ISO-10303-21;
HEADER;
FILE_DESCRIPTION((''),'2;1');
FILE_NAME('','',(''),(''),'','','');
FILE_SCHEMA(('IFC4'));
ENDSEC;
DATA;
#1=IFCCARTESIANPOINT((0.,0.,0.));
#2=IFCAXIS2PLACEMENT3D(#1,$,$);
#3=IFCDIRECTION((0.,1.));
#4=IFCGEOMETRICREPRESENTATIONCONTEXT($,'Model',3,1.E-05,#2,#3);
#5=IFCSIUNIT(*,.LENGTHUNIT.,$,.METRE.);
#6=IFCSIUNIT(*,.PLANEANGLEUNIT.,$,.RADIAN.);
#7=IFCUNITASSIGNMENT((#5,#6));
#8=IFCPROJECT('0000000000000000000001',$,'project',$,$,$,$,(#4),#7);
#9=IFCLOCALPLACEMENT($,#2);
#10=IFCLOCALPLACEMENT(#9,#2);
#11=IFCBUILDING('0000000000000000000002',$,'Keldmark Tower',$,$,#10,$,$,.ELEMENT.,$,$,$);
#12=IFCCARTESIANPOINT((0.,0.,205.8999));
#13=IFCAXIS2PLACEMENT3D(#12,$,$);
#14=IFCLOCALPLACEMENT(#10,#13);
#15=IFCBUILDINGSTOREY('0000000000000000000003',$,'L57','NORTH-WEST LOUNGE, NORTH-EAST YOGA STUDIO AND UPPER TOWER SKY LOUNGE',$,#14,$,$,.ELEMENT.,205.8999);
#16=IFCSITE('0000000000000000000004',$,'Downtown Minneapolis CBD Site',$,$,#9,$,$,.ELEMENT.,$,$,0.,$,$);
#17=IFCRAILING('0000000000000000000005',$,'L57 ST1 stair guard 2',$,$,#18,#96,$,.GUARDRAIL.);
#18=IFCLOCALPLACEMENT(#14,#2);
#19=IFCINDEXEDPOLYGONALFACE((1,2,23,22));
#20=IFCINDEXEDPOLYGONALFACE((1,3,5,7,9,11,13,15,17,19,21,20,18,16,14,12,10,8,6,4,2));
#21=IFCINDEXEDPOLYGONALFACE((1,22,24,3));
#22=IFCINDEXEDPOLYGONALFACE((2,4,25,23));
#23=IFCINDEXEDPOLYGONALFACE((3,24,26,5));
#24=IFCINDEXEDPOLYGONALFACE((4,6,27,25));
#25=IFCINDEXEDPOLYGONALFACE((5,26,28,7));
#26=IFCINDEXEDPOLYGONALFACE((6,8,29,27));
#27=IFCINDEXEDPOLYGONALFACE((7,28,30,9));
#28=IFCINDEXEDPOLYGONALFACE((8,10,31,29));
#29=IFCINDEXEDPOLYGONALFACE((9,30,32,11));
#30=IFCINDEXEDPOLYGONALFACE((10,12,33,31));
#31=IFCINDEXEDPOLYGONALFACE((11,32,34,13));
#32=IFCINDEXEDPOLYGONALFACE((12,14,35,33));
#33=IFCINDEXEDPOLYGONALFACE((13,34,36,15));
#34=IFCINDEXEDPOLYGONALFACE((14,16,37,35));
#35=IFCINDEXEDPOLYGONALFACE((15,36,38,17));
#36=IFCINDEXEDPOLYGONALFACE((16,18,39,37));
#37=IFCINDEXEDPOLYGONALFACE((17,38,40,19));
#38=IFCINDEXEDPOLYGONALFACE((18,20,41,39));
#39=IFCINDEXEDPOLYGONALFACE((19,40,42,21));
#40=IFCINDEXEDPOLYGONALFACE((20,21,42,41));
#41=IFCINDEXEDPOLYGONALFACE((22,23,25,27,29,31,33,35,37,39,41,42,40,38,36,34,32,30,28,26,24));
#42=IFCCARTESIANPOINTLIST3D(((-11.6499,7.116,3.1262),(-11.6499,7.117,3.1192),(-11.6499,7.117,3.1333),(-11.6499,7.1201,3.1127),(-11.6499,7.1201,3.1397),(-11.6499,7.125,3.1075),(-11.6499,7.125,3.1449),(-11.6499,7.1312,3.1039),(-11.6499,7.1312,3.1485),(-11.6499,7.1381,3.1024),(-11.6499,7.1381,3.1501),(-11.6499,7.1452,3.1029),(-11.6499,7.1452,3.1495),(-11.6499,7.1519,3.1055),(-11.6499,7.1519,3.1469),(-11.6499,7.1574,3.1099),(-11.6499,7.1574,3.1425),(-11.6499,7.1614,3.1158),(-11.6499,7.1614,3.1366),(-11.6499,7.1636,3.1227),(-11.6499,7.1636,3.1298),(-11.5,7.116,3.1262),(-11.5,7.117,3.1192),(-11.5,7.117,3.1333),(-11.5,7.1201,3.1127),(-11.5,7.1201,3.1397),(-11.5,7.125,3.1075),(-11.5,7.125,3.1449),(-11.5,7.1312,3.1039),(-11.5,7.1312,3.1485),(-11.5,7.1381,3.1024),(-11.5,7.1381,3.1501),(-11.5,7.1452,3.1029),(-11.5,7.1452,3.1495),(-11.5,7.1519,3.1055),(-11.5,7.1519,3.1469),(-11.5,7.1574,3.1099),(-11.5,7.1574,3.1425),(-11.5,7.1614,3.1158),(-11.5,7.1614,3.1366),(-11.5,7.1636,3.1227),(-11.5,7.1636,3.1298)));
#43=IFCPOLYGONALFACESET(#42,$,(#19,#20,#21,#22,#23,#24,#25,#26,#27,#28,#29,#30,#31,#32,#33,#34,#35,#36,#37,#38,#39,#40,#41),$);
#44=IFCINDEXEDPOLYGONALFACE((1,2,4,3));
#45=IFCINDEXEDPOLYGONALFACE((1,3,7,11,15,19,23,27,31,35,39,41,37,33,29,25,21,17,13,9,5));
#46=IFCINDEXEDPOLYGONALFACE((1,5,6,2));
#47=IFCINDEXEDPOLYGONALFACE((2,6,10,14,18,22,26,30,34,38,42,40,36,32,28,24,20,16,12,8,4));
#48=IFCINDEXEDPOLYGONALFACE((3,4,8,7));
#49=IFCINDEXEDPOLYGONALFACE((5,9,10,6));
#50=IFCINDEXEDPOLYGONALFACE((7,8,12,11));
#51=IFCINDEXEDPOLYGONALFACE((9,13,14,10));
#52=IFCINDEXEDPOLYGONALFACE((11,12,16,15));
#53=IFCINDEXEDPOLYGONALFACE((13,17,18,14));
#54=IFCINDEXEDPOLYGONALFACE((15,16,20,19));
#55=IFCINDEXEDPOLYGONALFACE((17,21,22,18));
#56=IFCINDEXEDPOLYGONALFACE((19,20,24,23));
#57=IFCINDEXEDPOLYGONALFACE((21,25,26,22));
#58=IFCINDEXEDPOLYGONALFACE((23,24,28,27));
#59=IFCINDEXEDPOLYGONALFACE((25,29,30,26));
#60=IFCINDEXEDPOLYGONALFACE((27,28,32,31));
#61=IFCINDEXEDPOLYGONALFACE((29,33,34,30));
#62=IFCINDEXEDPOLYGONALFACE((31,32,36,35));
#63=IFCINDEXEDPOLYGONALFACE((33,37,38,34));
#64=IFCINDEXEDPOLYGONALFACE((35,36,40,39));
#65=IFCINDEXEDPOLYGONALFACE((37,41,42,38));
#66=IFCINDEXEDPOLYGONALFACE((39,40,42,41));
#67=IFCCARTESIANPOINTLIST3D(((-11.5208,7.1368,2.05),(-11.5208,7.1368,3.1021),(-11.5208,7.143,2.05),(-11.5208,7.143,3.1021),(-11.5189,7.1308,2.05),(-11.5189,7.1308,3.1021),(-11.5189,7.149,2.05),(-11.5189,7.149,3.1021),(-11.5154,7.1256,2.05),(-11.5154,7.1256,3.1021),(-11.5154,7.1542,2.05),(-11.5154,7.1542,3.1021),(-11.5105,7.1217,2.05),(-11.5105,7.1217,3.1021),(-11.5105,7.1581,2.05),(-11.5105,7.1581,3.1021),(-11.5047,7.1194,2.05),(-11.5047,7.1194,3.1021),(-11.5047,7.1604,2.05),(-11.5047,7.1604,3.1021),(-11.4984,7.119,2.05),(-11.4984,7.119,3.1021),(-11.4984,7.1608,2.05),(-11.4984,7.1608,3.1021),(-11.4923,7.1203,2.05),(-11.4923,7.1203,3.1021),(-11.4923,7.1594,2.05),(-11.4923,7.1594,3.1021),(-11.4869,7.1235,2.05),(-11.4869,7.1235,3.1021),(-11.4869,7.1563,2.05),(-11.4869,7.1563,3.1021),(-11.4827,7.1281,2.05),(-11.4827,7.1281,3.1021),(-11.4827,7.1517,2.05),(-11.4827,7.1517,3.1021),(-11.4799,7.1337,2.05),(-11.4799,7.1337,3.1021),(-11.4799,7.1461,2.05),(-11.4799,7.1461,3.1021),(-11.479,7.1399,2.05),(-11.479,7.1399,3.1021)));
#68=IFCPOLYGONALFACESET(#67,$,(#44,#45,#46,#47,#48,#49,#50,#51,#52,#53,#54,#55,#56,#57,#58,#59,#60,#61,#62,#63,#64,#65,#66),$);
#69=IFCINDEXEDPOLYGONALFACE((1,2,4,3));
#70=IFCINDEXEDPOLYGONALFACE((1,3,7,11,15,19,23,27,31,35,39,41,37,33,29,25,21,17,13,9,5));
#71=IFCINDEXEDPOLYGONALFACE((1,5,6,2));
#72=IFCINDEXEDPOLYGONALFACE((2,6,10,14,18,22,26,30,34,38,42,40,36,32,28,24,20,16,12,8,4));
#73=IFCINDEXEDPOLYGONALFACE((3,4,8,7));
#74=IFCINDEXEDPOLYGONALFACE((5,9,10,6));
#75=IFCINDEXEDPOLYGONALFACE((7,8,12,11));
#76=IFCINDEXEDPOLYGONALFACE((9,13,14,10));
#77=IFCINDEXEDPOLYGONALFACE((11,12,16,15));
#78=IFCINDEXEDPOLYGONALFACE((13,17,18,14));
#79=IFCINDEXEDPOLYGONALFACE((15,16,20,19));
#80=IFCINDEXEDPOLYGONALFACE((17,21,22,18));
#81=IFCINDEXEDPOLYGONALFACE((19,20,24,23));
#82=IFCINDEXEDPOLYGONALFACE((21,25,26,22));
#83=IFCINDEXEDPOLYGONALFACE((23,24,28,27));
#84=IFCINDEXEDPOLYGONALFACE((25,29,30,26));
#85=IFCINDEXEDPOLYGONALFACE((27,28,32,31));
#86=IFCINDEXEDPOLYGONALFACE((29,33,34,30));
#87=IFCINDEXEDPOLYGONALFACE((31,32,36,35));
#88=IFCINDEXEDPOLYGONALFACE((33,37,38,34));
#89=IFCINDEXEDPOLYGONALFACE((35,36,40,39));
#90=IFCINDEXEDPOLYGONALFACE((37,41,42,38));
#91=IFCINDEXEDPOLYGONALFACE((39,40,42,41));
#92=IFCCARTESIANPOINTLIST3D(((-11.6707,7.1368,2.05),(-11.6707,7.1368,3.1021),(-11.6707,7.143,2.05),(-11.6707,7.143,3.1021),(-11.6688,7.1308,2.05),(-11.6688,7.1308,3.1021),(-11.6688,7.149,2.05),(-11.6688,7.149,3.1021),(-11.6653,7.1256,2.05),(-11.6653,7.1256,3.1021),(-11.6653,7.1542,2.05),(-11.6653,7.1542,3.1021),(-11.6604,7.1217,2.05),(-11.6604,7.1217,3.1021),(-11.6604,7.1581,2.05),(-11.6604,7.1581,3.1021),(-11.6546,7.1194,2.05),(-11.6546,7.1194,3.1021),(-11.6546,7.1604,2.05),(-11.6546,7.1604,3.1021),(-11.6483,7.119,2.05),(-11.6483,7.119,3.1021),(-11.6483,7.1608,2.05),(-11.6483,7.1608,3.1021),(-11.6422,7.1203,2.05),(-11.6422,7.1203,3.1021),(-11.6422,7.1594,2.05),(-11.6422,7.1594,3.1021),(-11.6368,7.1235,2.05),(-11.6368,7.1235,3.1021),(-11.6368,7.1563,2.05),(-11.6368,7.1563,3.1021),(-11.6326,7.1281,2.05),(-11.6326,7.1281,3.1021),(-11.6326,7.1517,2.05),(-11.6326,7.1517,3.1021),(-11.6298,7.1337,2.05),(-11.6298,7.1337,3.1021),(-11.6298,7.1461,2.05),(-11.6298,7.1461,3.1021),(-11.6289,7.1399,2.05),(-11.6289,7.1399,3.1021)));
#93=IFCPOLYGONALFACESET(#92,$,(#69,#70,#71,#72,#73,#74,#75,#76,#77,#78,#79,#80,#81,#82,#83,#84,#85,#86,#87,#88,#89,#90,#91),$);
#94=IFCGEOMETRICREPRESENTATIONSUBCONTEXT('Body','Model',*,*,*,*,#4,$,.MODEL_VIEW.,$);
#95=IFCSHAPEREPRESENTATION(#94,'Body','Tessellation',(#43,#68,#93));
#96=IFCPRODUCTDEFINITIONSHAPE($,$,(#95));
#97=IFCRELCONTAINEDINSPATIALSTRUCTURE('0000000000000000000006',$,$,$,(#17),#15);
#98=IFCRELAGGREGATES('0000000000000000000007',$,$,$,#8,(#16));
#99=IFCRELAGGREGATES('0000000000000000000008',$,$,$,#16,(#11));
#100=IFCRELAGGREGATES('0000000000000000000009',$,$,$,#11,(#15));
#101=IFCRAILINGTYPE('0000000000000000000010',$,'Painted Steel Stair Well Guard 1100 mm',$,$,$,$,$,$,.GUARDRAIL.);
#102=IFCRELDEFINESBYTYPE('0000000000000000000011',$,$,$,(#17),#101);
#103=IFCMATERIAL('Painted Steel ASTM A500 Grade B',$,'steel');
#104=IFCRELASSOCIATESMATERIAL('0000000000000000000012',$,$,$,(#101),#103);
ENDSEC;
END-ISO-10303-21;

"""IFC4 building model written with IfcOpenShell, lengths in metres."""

from ifc_helpers import new_model, si_unit, direction, frame, origin, origin_2d, place, context, subcontext, project, spatial, circle, extrude, material, type_object, element, save


model = new_model("IFC4")

# Units and contexts
model_context = context("Model", 3, precision=1e-05, world=origin(), true_north=direction((0.0, 1.0)))
body_context = subcontext(model_context, "Body", "Model", "MODEL_VIEW")
ifc_project = project(units=[si_unit("LENGTHUNIT", "METRE"), si_unit("PLANEANGLEUNIT", "RADIAN")], contexts=[model_context])

# Site, building, storey
site_placement = place(None, origin())
site = spatial("IfcSite", under=ifc_project, at=site_placement, Name="Downtown Minneapolis CBD Site", CompositionType="ELEMENT", RefElevation=0.0)
building_placement = place(site_placement, origin())
building = spatial("IfcBuilding", under=site, at=building_placement, Name="Keldmark Tower", CompositionType="ELEMENT")
storey_placement = place(building_placement, frame((0.0, 0.0, 205.8999)))
storey = spatial("IfcBuildingStorey", under=building, at=storey_placement, Name="L57", Description="NORTH-WEST LOUNGE, NORTH-EAST YOGA STUDIO AND UPPER TOWER SKY LOUNGE", CompositionType="ELEMENT", Elevation=205.8999)

# Railing
ifc_material_1 = material(Name="Painted Steel ASTM A500 Grade B", Category="steel")
railing_type = type_object("IfcRailingType", Name="Painted Steel Stair Well Guard 1100 mm", PredefinedType="GUARDRAIL", material=ifc_material_1)
railing_1_placement = place(storey_placement, frame((-11.5, 7.1399, 2.05)))
element("IfcRailing", 1, at=railing_1_placement, inside=storey, type_object=railing_type, Name="L57 ST1 stair guard 2", PredefinedType="GUARDRAIL", context=body_context, shape_type="SweptSolid", body=[
    extrude(circle(Radius=0.0239, at=origin_2d()), frame((0.0, 0.0, 1.0762), z_axis=(-1.0, 0.0, 0.0), x_axis=(0.0, -1.0, 0.0)), (0.0, 0.0, 1.0), 0.1499),
    extrude(circle(Radius=0.021, at=origin_2d()), origin(), (0.0, 0.0, 1.0), 1.052),
    extrude(circle(Radius=0.021, at=origin_2d()), frame((-0.1499, 0.0, 0.0)), (0.0, 0.0, 1.0), 1.052),
])

save(model, "model.ifc")
